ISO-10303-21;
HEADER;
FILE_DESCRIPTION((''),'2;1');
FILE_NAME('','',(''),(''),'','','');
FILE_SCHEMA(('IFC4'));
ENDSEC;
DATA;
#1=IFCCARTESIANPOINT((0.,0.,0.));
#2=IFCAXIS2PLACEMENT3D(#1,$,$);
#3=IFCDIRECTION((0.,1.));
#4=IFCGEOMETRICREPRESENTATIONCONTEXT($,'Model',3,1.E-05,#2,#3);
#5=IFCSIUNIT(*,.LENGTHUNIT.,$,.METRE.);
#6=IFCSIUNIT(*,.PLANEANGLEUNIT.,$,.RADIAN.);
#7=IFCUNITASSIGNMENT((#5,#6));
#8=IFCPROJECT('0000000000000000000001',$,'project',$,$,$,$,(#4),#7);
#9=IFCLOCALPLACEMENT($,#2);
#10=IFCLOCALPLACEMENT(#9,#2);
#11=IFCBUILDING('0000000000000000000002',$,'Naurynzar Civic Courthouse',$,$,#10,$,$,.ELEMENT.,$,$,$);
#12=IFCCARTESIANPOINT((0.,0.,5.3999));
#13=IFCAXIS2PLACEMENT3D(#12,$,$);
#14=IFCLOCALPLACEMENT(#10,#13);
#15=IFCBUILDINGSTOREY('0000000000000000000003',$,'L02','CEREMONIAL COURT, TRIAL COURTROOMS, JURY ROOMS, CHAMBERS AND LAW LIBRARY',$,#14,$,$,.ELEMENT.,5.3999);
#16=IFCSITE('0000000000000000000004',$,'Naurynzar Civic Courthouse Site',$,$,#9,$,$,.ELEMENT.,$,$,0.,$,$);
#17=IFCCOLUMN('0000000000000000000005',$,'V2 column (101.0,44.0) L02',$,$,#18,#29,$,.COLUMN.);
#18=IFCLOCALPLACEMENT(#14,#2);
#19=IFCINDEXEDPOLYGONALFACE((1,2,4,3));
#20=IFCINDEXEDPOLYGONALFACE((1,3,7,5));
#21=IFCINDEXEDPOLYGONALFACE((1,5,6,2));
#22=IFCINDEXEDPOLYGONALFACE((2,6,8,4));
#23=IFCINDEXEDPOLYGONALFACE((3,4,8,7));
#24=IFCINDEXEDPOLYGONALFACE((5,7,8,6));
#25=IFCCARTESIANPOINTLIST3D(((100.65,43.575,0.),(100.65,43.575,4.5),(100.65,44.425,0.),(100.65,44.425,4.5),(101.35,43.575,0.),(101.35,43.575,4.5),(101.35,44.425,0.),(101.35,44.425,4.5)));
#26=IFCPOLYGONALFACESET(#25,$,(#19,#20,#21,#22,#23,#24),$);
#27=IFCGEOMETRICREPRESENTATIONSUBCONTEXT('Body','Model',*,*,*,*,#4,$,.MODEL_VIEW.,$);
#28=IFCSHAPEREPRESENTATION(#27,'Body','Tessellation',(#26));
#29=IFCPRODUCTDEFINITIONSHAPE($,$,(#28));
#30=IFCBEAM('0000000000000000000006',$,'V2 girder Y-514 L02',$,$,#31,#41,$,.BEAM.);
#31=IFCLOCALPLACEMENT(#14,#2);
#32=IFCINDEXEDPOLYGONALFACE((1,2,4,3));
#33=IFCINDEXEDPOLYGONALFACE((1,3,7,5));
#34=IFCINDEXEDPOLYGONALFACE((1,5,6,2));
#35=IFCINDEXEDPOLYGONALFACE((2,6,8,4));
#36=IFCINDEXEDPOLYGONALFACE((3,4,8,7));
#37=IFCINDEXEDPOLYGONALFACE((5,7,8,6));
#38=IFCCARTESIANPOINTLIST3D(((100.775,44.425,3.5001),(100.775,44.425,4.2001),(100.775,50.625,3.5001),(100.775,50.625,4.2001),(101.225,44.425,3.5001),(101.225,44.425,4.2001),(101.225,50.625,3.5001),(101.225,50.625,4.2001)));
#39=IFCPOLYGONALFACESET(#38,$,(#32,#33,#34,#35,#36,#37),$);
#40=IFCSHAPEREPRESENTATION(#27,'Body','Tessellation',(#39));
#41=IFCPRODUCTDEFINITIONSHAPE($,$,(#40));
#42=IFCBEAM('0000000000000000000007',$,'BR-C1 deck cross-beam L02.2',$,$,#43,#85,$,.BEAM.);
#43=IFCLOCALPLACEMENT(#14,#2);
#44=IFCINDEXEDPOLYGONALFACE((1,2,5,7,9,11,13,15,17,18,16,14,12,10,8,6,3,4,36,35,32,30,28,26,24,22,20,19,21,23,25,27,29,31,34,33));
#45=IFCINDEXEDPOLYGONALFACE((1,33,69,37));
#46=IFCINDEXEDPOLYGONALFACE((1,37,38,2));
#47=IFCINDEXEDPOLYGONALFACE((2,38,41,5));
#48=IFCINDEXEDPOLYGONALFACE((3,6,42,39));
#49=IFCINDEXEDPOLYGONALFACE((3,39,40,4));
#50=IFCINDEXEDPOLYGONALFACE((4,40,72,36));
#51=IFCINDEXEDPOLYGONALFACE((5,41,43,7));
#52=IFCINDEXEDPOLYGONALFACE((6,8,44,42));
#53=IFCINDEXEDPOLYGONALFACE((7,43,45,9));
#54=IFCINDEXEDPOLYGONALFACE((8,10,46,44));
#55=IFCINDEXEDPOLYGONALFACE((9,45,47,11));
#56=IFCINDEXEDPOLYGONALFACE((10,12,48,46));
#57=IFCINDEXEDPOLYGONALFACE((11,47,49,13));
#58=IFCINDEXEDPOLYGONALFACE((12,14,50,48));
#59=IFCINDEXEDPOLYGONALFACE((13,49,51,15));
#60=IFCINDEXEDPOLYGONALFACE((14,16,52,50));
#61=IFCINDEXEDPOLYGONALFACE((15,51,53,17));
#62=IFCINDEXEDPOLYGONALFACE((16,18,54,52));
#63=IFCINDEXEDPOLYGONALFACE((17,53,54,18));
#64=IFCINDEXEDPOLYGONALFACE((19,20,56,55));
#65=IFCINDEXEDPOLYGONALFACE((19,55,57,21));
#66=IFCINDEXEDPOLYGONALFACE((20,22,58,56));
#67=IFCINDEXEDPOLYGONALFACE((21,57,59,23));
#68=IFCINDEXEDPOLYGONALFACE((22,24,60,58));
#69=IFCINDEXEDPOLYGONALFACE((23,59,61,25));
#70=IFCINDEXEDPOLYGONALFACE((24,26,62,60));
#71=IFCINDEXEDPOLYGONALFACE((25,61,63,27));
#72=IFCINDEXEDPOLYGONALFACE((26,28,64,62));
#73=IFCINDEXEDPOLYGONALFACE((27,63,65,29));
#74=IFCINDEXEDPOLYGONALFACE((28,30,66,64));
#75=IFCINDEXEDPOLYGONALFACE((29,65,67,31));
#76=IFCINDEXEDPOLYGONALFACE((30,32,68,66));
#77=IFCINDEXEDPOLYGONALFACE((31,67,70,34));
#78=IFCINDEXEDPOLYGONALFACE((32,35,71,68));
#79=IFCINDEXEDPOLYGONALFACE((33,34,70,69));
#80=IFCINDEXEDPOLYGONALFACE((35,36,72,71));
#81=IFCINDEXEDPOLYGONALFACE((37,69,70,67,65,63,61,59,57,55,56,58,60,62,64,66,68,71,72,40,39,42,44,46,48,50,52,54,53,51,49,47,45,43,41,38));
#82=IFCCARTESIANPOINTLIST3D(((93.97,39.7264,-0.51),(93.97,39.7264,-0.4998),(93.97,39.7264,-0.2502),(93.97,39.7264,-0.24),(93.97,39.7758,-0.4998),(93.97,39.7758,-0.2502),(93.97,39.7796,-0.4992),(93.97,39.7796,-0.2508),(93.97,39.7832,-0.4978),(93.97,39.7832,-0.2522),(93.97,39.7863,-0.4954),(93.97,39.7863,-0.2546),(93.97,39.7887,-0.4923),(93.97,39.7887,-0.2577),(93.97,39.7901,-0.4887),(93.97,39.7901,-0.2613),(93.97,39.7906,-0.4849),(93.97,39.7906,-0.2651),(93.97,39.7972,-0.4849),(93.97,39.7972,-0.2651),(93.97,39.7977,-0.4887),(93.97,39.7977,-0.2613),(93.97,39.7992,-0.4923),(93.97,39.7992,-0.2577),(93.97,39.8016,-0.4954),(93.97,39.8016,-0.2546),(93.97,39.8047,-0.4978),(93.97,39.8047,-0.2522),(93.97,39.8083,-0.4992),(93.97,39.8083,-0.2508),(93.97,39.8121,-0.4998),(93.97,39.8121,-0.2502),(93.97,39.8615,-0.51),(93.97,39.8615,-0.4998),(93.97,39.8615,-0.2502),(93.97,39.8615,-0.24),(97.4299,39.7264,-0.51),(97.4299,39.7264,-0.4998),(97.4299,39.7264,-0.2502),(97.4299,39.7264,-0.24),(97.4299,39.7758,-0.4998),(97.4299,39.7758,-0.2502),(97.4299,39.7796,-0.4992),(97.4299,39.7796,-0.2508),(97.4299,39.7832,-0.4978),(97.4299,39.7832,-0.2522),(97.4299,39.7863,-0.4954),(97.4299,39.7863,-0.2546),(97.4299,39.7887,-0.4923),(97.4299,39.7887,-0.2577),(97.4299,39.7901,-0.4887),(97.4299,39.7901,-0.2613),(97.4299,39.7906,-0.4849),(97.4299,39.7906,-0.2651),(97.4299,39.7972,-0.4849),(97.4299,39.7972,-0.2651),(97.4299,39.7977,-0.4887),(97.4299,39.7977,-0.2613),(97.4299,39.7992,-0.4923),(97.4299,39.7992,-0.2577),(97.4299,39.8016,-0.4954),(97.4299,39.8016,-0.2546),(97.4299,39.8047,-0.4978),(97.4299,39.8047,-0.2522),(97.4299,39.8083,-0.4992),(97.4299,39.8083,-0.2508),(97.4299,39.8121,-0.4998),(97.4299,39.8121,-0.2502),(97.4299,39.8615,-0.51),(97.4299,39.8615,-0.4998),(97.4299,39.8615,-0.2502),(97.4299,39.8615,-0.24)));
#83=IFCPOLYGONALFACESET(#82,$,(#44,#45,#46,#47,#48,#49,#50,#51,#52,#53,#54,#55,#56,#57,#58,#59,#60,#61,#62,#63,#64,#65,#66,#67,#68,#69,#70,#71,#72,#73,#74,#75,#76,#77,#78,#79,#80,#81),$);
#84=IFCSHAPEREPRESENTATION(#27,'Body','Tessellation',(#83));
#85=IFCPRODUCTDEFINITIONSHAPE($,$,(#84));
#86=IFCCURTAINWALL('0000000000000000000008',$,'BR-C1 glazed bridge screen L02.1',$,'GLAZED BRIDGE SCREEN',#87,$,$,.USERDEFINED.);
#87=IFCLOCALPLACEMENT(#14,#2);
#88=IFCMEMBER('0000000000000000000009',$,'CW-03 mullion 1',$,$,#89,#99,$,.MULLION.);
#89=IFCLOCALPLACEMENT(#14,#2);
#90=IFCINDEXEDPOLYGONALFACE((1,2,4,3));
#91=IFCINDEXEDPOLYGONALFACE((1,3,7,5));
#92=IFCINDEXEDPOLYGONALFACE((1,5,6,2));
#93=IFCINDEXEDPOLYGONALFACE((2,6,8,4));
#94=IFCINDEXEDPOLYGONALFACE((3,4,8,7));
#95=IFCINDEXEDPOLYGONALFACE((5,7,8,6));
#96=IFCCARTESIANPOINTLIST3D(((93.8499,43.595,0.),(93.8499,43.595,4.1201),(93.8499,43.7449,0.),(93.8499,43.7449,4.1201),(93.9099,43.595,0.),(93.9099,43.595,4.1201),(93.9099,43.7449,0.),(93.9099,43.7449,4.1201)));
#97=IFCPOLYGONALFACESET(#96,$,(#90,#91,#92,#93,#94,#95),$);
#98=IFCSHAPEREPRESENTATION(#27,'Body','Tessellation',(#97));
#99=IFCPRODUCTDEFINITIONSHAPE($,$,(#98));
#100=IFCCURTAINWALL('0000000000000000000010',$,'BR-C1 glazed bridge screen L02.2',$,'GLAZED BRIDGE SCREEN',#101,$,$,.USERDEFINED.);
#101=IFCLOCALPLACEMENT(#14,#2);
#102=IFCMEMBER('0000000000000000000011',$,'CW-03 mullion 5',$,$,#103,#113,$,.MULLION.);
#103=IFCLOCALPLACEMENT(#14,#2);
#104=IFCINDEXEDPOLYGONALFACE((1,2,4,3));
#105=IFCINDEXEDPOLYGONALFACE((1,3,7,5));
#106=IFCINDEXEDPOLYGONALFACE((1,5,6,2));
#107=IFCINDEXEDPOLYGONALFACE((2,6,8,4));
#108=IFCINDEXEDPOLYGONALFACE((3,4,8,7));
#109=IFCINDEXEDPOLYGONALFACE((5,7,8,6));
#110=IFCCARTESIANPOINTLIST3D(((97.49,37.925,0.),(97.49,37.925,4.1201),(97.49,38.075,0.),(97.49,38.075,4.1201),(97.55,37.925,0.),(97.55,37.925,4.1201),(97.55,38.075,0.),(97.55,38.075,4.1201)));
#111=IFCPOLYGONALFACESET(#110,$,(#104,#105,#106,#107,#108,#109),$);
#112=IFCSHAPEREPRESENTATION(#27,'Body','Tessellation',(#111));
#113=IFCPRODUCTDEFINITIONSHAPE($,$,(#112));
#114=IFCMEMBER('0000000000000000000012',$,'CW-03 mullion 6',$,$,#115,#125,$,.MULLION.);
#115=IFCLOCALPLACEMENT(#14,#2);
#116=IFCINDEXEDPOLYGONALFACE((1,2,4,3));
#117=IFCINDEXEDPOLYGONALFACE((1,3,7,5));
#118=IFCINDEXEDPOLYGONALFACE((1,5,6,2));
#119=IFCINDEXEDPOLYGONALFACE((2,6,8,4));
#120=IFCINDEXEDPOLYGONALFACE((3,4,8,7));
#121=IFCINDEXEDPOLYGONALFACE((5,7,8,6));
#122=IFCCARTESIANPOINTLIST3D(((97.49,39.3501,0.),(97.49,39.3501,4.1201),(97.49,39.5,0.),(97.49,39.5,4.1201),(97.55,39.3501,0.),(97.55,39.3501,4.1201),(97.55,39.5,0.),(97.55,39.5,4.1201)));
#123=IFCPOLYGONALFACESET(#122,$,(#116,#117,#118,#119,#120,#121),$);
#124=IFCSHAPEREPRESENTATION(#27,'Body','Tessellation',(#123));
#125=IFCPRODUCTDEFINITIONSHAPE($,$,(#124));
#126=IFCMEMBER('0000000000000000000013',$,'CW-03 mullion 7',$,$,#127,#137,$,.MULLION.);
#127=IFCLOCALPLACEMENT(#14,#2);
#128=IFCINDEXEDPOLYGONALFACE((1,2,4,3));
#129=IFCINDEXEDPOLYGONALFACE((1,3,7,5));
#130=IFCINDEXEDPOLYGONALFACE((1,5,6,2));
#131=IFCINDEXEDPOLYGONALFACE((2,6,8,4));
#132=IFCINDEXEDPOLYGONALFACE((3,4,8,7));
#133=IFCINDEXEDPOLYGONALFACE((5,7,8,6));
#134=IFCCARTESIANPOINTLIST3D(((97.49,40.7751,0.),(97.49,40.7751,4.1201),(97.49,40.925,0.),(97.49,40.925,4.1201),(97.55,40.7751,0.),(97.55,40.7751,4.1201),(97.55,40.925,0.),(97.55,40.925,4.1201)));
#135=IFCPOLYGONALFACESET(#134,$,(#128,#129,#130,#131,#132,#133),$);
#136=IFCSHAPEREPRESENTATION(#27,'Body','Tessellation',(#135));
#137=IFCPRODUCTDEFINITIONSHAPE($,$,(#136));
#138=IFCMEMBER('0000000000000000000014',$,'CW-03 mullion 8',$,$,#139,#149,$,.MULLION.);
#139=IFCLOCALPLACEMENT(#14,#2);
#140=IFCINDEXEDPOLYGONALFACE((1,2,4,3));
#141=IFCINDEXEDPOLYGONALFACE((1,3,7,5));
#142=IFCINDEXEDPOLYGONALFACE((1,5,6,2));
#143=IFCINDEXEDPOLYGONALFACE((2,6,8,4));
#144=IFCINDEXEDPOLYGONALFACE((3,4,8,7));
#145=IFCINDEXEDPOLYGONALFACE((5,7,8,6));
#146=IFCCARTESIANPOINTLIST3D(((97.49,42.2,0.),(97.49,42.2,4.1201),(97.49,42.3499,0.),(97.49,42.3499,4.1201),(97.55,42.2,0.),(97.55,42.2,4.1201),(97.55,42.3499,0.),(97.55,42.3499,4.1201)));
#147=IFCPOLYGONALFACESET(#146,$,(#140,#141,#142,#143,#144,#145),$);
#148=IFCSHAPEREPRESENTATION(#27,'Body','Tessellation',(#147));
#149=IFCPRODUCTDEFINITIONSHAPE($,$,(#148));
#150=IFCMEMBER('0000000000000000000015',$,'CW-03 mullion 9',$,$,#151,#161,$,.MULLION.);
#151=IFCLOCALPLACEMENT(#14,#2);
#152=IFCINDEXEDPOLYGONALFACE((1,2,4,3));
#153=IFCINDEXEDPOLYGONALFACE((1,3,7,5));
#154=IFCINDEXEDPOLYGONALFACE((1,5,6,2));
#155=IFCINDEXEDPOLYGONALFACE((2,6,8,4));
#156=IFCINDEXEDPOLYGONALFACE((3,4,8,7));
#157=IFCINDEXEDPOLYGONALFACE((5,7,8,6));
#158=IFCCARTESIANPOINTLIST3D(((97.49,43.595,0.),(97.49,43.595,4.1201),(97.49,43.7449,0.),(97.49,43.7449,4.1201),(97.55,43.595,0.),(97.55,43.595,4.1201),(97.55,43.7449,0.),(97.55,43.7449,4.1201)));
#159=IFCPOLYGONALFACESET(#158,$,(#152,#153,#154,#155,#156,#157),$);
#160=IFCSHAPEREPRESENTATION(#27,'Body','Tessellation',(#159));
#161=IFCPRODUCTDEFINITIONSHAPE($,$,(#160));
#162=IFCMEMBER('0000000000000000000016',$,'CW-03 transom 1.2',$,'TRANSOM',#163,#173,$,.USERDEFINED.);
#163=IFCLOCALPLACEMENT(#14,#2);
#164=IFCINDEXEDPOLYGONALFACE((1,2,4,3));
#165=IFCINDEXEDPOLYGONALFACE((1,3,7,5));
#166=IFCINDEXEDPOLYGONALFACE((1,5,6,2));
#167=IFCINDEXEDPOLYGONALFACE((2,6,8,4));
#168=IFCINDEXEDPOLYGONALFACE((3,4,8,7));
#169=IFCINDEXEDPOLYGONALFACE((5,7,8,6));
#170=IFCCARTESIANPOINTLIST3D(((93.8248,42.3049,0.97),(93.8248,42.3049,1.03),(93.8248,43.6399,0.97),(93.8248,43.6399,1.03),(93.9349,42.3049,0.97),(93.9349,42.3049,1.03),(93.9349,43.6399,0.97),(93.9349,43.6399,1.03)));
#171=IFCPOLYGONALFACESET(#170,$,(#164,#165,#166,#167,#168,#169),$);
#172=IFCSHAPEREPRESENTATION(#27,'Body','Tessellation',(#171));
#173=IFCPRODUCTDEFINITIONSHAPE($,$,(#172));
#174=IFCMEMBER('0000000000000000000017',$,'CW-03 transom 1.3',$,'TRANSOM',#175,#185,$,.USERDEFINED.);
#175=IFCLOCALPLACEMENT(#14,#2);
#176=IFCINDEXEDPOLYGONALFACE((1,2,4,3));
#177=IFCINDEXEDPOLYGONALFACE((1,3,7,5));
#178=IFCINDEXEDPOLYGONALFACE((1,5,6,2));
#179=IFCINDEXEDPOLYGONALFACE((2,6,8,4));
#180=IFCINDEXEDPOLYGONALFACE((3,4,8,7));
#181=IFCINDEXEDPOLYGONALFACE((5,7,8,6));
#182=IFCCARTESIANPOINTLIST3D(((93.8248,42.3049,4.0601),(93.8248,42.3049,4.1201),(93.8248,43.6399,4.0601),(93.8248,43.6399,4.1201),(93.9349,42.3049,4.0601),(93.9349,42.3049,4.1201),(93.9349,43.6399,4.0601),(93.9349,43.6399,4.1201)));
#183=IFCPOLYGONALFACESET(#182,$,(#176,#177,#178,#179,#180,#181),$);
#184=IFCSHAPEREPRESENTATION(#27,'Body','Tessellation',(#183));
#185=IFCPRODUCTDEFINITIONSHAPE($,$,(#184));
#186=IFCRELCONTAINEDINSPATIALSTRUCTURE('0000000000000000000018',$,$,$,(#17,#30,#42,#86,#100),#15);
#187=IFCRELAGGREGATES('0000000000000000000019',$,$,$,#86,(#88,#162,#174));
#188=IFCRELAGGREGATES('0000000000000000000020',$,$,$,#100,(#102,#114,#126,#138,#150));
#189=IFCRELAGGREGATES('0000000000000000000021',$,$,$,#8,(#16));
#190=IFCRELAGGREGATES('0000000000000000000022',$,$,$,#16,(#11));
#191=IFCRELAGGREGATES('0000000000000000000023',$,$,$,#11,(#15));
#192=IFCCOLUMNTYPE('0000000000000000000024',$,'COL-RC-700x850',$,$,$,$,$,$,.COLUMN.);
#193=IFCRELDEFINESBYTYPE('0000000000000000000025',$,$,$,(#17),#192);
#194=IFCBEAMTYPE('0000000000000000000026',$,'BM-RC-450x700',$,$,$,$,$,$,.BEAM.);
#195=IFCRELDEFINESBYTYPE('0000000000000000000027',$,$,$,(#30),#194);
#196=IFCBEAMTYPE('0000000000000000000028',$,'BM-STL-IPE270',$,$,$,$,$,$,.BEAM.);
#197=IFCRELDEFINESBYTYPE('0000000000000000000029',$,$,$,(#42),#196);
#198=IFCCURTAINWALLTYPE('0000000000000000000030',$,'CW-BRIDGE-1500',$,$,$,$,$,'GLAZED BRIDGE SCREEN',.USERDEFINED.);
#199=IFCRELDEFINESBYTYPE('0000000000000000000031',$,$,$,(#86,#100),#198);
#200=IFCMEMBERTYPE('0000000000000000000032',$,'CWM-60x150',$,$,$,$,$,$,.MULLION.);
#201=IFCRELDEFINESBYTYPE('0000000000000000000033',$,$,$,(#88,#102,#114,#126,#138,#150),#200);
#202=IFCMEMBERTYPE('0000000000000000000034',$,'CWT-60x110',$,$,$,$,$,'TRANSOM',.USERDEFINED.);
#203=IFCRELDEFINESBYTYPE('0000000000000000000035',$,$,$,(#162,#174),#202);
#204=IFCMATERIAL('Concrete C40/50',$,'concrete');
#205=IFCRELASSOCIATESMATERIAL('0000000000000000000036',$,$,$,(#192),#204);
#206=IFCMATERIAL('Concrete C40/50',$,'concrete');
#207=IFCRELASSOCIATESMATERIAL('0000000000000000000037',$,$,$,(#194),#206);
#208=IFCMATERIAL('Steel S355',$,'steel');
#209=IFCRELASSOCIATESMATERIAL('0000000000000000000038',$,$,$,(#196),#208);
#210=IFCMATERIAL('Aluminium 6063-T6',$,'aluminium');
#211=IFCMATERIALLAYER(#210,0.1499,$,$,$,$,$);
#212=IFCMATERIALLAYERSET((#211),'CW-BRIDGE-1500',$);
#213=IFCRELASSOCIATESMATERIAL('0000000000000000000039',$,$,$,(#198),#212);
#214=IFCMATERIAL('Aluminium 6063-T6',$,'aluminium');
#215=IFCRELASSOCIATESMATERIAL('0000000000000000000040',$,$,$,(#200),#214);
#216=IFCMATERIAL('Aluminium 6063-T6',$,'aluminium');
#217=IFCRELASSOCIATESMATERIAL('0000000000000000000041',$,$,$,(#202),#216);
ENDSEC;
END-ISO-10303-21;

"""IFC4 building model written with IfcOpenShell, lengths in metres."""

from ifc_helpers import new_model, si_unit, direction, frame, origin, origin_2d, place, context, subcontext, project, spatial, rectangle, i_section, extrude, material, layer, layer_set, material_profile, profile_set, type_object, element, aggregate, save


model = new_model("IFC4")

# Units and contexts
model_context = context("Model", 3, precision=1e-05, world=origin(), true_north=direction((0.0, 1.0)))
body_context = subcontext(model_context, "Body", "Model", "MODEL_VIEW")
ifc_project = project(units=[si_unit("LENGTHUNIT", "METRE"), si_unit("PLANEANGLEUNIT", "RADIAN")], contexts=[model_context])

# Site, building, storey
site_placement = place(None, origin())
site = spatial("IfcSite", under=ifc_project, at=site_placement, Name="Naurynzar Civic Courthouse Site", CompositionType="ELEMENT", RefElevation=0.0)
building_placement = place(site_placement, origin())
building = spatial("IfcBuilding", under=site, at=building_placement, Name="Naurynzar Civic Courthouse", CompositionType="ELEMENT")
storey_placement = place(building_placement, frame((0.0, 0.0, 5.3999)))
storey = spatial("IfcBuildingStorey", under=building, at=storey_placement, Name="L02", Description="CEREMONIAL COURT, TRIAL COURTROOMS, JURY ROOMS, CHAMBERS AND LAW LIBRARY", CompositionType="ELEMENT", Elevation=5.3999)

# Column
ifc_material_1 = material(Name="Concrete C40/50", Category="concrete")
ifc_material_profile_1 = material_profile(ifc_material_1, rectangle(XDim=0.7, YDim=0.8501, at=origin_2d()), Name="RC 700x850")
ifc_profile_set_1 = profile_set([ifc_material_profile_1], Name="Concrete C40/50")
column_type = type_object("IfcColumnType", Name="COL-RC-700x850", PredefinedType="COLUMN", material=ifc_profile_set_1)
column_placement = place(storey_placement, frame((101.0, 44.0, 0.0), z_axis=(0.0, 0.0, 1.0), x_axis=(1.0, 0.0, 0.0)))
element("IfcColumn", 1, at=column_placement, inside=storey, type_object=column_type, Name="V2 column (101.0,44.0) L02", PredefinedType="COLUMN", context=body_context, shape_type="SweptSolid", body=[
    extrude(rectangle(XDim=0.7, YDim=0.8501, at=origin_2d()), origin(), (0.0, 0.0, 1.0), 4.5),
])

# Beams
ifc_material_2 = material(Name="Concrete C40/50", Category="concrete")
ifc_material_profile_2 = material_profile(ifc_material_2, rectangle(XDim=0.45, YDim=0.7, at=origin_2d()), Name="RCB 450x700")
ifc_profile_set_2 = profile_set([ifc_material_profile_2], Name="Concrete C40/50")
beam_type_1 = type_object("IfcBeamType", Name="BM-RC-450x700", PredefinedType="BEAM", material=ifc_profile_set_2)
beam_1_placement = place(storey_placement, frame((101.0, 44.425, 3.8501), z_axis=(0.0, 1.0, 0.0), x_axis=(-1.0, 0.0, 0.0)))
element("IfcBeam", 2, at=beam_1_placement, inside=storey, type_object=beam_type_1, Name="V2 girder Y-514 L02", PredefinedType="BEAM", context=body_context, shape_type="SweptSolid", body=[
    extrude(rectangle(XDim=0.45, YDim=0.7, at=origin_2d()), origin(), (0.0, 0.0, 1.0), 6.2),
])
ifc_material_3 = material(Name="Steel S355", Category="steel")
ifc_material_profile_3 = material_profile(ifc_material_3, i_section(OverallWidth=0.135, OverallDepth=0.27, WebThickness=0.0066, FlangeThickness=0.0103, FilletRadius=0.0149, at=origin_2d()), Name="IPE 270")
ifc_profile_set_3 = profile_set([ifc_material_profile_3], Name="Steel S355")
beam_type_2 = type_object("IfcBeamType", Name="BM-STL-IPE270", PredefinedType="BEAM", material=ifc_profile_set_3)
beam_2_placement = place(storey_placement, frame((93.97, 39.7939, -0.375), z_axis=(1.0, 0.0, 0.0), x_axis=(0.0, 1.0, 0.0)))
element("IfcBeam", 3, at=beam_2_placement, inside=storey, type_object=beam_type_2, Name="BR-C1 deck cross-beam L02.2", PredefinedType="BEAM", context=body_context, shape_type="SweptSolid", body=[
    extrude(i_section(OverallWidth=0.135, OverallDepth=0.27, WebThickness=0.0066, FlangeThickness=0.0103, FilletRadius=0.0149, at=origin_2d()), origin(), (0.0, 0.0, 1.0), 3.46),
])

# Curtain wall, member
ifc_material_4 = material(Name="Aluminium 6063-T6", Category="aluminium")
ifc_layer_1 = layer(ifc_material_4, 0.1499)
ifc_layer_set_1 = layer_set([ifc_layer_1], Name="CW-BRIDGE-1500")
curtain_wall_type = type_object("IfcCurtainWallType", Name="CW-BRIDGE-1500", ElementType="GLAZED BRIDGE SCREEN", PredefinedType="USERDEFINED", material=ifc_layer_set_1)
curtain_wall_1_placement = place(storey_placement, origin())
curtain_wall_1 = element("IfcCurtainWall", 4, at=curtain_wall_1_placement, inside=storey, type_object=curtain_wall_type, Name="BR-C1 glazed bridge screen L02.1", ObjectType="GLAZED BRIDGE SCREEN", PredefinedType="USERDEFINED")
ifc_material_5 = material(Name="Aluminium 6063-T6", Category="aluminium")
ifc_material_profile_4 = material_profile(ifc_material_5, rectangle(XDim=0.0601, YDim=0.1499, at=origin_2d()), Name="ALU MULLION 60x150")
ifc_profile_set_4 = profile_set([ifc_material_profile_4], Name="Aluminium 6063-T6")
member_type_1 = type_object("IfcMemberType", Name="CWM-60x150", PredefinedType="MULLION", material=ifc_profile_set_4)
member_1_placement = place(storey_placement, frame((93.8799, 43.6699, 0.0), z_axis=(0.0, 0.0, 1.0), x_axis=(1.0, 0.0, 0.0)))
member_1 = element("IfcMember", 5, at=member_1_placement, type_object=member_type_1, Name="CW-03 mullion 1", PredefinedType="MULLION", context=body_context, shape_type="SweptSolid", body=[
    extrude(rectangle(XDim=0.0601, YDim=0.1499, at=origin_2d()), origin(), (0.0, 0.0, 1.0), 4.1201),
])

# Curtain wall, members
curtain_wall_2_placement = place(storey_placement, origin())
curtain_wall_2 = element("IfcCurtainWall", 6, at=curtain_wall_2_placement, inside=storey, type_object=curtain_wall_type, Name="BR-C1 glazed bridge screen L02.2", ObjectType="GLAZED BRIDGE SCREEN", PredefinedType="USERDEFINED")
member_2_placement = place(storey_placement, frame((97.52, 38.0, 0.0), z_axis=(0.0, 0.0, 1.0), x_axis=(-1.0, 0.0, 0.0)))
member_2 = element("IfcMember", 7, at=member_2_placement, type_object=member_type_1, Name="CW-03 mullion 5", PredefinedType="MULLION", context=body_context, shape_type="SweptSolid", body=[
    extrude(rectangle(XDim=0.0601, YDim=0.1499, at=origin_2d()), origin(), (0.0, 0.0, 1.0), 4.1201),
])
member_3_placement = place(storey_placement, frame((97.52, 39.425, 0.0), z_axis=(0.0, 0.0, 1.0), x_axis=(-1.0, 0.0, 0.0)))
member_3 = element("IfcMember", 8, at=member_3_placement, type_object=member_type_1, Name="CW-03 mullion 6", PredefinedType="MULLION", context=body_context, shape_type="SweptSolid", body=[
    extrude(rectangle(XDim=0.0601, YDim=0.1499, at=origin_2d()), origin(), (0.0, 0.0, 1.0), 4.1201),
])
member_4_placement = place(storey_placement, frame((97.52, 40.8501, 0.0), z_axis=(0.0, 0.0, 1.0), x_axis=(-1.0, 0.0, 0.0)))
member_4 = element("IfcMember", 9, at=member_4_placement, type_object=member_type_1, Name="CW-03 mullion 7", PredefinedType="MULLION", context=body_context, shape_type="SweptSolid", body=[
    extrude(rectangle(XDim=0.0601, YDim=0.1499, at=origin_2d()), origin(), (0.0, 0.0, 1.0), 4.1201),
])
member_5_placement = place(storey_placement, frame((97.52, 42.2749, 0.0), z_axis=(0.0, 0.0, 1.0), x_axis=(-1.0, 0.0, 0.0)))
member_5 = element("IfcMember", 10, at=member_5_placement, type_object=member_type_1, Name="CW-03 mullion 8", PredefinedType="MULLION", context=body_context, shape_type="SweptSolid", body=[
    extrude(rectangle(XDim=0.0601, YDim=0.1499, at=origin_2d()), origin(), (0.0, 0.0, 1.0), 4.1201),
])
member_6_placement = place(storey_placement, frame((97.52, 43.6699, 0.0), z_axis=(0.0, 0.0, 1.0), x_axis=(-1.0, 0.0, 0.0)))
member_6 = element("IfcMember", 11, at=member_6_placement, type_object=member_type_1, Name="CW-03 mullion 9", PredefinedType="MULLION", context=body_context, shape_type="SweptSolid", body=[
    extrude(rectangle(XDim=0.0601, YDim=0.1499, at=origin_2d()), origin(), (0.0, 0.0, 1.0), 4.1201),
])

# Members
ifc_material_6 = material(Name="Aluminium 6063-T6", Category="aluminium")
ifc_material_profile_5 = material_profile(ifc_material_6, rectangle(XDim=0.1101, YDim=0.0601, at=origin_2d()), Name="ALU TRANSOM 60x110")
ifc_profile_set_5 = profile_set([ifc_material_profile_5], Name="Aluminium 6063-T6")
member_type_2 = type_object("IfcMemberType", Name="CWT-60x110", ElementType="TRANSOM", PredefinedType="USERDEFINED", material=ifc_profile_set_5)
member_7_placement = place(storey_placement, frame((93.8799, 43.6399, 1.0), z_axis=(0.0, -1.0, 0.0), x_axis=(1.0, 0.0, 0.0)))
member_7 = element("IfcMember", 12, at=member_7_placement, type_object=member_type_2, Name="CW-03 transom 1.2", ObjectType="TRANSOM", PredefinedType="USERDEFINED", context=body_context, shape_type="SweptSolid", body=[
    extrude(rectangle(XDim=0.1101, YDim=0.0601, at=origin_2d()), origin(), (0.0, 0.0, 1.0), 1.335),
])
member_8_placement = place(storey_placement, frame((93.8799, 43.6399, 4.0901), z_axis=(0.0, -1.0, 0.0), x_axis=(1.0, 0.0, 0.0)))
member_8 = element("IfcMember", 13, at=member_8_placement, type_object=member_type_2, Name="CW-03 transom 1.3", ObjectType="TRANSOM", PredefinedType="USERDEFINED", context=body_context, shape_type="SweptSolid", body=[
    extrude(rectangle(XDim=0.1101, YDim=0.0601, at=origin_2d()), origin(), (0.0, 0.0, 1.0), 1.335),
])
aggregate(curtain_wall_1, [member_1, member_7, member_8])

aggregate(curtain_wall_2, [member_2, member_3, member_4, member_5, member_6])

save(model, "model.ifc")
